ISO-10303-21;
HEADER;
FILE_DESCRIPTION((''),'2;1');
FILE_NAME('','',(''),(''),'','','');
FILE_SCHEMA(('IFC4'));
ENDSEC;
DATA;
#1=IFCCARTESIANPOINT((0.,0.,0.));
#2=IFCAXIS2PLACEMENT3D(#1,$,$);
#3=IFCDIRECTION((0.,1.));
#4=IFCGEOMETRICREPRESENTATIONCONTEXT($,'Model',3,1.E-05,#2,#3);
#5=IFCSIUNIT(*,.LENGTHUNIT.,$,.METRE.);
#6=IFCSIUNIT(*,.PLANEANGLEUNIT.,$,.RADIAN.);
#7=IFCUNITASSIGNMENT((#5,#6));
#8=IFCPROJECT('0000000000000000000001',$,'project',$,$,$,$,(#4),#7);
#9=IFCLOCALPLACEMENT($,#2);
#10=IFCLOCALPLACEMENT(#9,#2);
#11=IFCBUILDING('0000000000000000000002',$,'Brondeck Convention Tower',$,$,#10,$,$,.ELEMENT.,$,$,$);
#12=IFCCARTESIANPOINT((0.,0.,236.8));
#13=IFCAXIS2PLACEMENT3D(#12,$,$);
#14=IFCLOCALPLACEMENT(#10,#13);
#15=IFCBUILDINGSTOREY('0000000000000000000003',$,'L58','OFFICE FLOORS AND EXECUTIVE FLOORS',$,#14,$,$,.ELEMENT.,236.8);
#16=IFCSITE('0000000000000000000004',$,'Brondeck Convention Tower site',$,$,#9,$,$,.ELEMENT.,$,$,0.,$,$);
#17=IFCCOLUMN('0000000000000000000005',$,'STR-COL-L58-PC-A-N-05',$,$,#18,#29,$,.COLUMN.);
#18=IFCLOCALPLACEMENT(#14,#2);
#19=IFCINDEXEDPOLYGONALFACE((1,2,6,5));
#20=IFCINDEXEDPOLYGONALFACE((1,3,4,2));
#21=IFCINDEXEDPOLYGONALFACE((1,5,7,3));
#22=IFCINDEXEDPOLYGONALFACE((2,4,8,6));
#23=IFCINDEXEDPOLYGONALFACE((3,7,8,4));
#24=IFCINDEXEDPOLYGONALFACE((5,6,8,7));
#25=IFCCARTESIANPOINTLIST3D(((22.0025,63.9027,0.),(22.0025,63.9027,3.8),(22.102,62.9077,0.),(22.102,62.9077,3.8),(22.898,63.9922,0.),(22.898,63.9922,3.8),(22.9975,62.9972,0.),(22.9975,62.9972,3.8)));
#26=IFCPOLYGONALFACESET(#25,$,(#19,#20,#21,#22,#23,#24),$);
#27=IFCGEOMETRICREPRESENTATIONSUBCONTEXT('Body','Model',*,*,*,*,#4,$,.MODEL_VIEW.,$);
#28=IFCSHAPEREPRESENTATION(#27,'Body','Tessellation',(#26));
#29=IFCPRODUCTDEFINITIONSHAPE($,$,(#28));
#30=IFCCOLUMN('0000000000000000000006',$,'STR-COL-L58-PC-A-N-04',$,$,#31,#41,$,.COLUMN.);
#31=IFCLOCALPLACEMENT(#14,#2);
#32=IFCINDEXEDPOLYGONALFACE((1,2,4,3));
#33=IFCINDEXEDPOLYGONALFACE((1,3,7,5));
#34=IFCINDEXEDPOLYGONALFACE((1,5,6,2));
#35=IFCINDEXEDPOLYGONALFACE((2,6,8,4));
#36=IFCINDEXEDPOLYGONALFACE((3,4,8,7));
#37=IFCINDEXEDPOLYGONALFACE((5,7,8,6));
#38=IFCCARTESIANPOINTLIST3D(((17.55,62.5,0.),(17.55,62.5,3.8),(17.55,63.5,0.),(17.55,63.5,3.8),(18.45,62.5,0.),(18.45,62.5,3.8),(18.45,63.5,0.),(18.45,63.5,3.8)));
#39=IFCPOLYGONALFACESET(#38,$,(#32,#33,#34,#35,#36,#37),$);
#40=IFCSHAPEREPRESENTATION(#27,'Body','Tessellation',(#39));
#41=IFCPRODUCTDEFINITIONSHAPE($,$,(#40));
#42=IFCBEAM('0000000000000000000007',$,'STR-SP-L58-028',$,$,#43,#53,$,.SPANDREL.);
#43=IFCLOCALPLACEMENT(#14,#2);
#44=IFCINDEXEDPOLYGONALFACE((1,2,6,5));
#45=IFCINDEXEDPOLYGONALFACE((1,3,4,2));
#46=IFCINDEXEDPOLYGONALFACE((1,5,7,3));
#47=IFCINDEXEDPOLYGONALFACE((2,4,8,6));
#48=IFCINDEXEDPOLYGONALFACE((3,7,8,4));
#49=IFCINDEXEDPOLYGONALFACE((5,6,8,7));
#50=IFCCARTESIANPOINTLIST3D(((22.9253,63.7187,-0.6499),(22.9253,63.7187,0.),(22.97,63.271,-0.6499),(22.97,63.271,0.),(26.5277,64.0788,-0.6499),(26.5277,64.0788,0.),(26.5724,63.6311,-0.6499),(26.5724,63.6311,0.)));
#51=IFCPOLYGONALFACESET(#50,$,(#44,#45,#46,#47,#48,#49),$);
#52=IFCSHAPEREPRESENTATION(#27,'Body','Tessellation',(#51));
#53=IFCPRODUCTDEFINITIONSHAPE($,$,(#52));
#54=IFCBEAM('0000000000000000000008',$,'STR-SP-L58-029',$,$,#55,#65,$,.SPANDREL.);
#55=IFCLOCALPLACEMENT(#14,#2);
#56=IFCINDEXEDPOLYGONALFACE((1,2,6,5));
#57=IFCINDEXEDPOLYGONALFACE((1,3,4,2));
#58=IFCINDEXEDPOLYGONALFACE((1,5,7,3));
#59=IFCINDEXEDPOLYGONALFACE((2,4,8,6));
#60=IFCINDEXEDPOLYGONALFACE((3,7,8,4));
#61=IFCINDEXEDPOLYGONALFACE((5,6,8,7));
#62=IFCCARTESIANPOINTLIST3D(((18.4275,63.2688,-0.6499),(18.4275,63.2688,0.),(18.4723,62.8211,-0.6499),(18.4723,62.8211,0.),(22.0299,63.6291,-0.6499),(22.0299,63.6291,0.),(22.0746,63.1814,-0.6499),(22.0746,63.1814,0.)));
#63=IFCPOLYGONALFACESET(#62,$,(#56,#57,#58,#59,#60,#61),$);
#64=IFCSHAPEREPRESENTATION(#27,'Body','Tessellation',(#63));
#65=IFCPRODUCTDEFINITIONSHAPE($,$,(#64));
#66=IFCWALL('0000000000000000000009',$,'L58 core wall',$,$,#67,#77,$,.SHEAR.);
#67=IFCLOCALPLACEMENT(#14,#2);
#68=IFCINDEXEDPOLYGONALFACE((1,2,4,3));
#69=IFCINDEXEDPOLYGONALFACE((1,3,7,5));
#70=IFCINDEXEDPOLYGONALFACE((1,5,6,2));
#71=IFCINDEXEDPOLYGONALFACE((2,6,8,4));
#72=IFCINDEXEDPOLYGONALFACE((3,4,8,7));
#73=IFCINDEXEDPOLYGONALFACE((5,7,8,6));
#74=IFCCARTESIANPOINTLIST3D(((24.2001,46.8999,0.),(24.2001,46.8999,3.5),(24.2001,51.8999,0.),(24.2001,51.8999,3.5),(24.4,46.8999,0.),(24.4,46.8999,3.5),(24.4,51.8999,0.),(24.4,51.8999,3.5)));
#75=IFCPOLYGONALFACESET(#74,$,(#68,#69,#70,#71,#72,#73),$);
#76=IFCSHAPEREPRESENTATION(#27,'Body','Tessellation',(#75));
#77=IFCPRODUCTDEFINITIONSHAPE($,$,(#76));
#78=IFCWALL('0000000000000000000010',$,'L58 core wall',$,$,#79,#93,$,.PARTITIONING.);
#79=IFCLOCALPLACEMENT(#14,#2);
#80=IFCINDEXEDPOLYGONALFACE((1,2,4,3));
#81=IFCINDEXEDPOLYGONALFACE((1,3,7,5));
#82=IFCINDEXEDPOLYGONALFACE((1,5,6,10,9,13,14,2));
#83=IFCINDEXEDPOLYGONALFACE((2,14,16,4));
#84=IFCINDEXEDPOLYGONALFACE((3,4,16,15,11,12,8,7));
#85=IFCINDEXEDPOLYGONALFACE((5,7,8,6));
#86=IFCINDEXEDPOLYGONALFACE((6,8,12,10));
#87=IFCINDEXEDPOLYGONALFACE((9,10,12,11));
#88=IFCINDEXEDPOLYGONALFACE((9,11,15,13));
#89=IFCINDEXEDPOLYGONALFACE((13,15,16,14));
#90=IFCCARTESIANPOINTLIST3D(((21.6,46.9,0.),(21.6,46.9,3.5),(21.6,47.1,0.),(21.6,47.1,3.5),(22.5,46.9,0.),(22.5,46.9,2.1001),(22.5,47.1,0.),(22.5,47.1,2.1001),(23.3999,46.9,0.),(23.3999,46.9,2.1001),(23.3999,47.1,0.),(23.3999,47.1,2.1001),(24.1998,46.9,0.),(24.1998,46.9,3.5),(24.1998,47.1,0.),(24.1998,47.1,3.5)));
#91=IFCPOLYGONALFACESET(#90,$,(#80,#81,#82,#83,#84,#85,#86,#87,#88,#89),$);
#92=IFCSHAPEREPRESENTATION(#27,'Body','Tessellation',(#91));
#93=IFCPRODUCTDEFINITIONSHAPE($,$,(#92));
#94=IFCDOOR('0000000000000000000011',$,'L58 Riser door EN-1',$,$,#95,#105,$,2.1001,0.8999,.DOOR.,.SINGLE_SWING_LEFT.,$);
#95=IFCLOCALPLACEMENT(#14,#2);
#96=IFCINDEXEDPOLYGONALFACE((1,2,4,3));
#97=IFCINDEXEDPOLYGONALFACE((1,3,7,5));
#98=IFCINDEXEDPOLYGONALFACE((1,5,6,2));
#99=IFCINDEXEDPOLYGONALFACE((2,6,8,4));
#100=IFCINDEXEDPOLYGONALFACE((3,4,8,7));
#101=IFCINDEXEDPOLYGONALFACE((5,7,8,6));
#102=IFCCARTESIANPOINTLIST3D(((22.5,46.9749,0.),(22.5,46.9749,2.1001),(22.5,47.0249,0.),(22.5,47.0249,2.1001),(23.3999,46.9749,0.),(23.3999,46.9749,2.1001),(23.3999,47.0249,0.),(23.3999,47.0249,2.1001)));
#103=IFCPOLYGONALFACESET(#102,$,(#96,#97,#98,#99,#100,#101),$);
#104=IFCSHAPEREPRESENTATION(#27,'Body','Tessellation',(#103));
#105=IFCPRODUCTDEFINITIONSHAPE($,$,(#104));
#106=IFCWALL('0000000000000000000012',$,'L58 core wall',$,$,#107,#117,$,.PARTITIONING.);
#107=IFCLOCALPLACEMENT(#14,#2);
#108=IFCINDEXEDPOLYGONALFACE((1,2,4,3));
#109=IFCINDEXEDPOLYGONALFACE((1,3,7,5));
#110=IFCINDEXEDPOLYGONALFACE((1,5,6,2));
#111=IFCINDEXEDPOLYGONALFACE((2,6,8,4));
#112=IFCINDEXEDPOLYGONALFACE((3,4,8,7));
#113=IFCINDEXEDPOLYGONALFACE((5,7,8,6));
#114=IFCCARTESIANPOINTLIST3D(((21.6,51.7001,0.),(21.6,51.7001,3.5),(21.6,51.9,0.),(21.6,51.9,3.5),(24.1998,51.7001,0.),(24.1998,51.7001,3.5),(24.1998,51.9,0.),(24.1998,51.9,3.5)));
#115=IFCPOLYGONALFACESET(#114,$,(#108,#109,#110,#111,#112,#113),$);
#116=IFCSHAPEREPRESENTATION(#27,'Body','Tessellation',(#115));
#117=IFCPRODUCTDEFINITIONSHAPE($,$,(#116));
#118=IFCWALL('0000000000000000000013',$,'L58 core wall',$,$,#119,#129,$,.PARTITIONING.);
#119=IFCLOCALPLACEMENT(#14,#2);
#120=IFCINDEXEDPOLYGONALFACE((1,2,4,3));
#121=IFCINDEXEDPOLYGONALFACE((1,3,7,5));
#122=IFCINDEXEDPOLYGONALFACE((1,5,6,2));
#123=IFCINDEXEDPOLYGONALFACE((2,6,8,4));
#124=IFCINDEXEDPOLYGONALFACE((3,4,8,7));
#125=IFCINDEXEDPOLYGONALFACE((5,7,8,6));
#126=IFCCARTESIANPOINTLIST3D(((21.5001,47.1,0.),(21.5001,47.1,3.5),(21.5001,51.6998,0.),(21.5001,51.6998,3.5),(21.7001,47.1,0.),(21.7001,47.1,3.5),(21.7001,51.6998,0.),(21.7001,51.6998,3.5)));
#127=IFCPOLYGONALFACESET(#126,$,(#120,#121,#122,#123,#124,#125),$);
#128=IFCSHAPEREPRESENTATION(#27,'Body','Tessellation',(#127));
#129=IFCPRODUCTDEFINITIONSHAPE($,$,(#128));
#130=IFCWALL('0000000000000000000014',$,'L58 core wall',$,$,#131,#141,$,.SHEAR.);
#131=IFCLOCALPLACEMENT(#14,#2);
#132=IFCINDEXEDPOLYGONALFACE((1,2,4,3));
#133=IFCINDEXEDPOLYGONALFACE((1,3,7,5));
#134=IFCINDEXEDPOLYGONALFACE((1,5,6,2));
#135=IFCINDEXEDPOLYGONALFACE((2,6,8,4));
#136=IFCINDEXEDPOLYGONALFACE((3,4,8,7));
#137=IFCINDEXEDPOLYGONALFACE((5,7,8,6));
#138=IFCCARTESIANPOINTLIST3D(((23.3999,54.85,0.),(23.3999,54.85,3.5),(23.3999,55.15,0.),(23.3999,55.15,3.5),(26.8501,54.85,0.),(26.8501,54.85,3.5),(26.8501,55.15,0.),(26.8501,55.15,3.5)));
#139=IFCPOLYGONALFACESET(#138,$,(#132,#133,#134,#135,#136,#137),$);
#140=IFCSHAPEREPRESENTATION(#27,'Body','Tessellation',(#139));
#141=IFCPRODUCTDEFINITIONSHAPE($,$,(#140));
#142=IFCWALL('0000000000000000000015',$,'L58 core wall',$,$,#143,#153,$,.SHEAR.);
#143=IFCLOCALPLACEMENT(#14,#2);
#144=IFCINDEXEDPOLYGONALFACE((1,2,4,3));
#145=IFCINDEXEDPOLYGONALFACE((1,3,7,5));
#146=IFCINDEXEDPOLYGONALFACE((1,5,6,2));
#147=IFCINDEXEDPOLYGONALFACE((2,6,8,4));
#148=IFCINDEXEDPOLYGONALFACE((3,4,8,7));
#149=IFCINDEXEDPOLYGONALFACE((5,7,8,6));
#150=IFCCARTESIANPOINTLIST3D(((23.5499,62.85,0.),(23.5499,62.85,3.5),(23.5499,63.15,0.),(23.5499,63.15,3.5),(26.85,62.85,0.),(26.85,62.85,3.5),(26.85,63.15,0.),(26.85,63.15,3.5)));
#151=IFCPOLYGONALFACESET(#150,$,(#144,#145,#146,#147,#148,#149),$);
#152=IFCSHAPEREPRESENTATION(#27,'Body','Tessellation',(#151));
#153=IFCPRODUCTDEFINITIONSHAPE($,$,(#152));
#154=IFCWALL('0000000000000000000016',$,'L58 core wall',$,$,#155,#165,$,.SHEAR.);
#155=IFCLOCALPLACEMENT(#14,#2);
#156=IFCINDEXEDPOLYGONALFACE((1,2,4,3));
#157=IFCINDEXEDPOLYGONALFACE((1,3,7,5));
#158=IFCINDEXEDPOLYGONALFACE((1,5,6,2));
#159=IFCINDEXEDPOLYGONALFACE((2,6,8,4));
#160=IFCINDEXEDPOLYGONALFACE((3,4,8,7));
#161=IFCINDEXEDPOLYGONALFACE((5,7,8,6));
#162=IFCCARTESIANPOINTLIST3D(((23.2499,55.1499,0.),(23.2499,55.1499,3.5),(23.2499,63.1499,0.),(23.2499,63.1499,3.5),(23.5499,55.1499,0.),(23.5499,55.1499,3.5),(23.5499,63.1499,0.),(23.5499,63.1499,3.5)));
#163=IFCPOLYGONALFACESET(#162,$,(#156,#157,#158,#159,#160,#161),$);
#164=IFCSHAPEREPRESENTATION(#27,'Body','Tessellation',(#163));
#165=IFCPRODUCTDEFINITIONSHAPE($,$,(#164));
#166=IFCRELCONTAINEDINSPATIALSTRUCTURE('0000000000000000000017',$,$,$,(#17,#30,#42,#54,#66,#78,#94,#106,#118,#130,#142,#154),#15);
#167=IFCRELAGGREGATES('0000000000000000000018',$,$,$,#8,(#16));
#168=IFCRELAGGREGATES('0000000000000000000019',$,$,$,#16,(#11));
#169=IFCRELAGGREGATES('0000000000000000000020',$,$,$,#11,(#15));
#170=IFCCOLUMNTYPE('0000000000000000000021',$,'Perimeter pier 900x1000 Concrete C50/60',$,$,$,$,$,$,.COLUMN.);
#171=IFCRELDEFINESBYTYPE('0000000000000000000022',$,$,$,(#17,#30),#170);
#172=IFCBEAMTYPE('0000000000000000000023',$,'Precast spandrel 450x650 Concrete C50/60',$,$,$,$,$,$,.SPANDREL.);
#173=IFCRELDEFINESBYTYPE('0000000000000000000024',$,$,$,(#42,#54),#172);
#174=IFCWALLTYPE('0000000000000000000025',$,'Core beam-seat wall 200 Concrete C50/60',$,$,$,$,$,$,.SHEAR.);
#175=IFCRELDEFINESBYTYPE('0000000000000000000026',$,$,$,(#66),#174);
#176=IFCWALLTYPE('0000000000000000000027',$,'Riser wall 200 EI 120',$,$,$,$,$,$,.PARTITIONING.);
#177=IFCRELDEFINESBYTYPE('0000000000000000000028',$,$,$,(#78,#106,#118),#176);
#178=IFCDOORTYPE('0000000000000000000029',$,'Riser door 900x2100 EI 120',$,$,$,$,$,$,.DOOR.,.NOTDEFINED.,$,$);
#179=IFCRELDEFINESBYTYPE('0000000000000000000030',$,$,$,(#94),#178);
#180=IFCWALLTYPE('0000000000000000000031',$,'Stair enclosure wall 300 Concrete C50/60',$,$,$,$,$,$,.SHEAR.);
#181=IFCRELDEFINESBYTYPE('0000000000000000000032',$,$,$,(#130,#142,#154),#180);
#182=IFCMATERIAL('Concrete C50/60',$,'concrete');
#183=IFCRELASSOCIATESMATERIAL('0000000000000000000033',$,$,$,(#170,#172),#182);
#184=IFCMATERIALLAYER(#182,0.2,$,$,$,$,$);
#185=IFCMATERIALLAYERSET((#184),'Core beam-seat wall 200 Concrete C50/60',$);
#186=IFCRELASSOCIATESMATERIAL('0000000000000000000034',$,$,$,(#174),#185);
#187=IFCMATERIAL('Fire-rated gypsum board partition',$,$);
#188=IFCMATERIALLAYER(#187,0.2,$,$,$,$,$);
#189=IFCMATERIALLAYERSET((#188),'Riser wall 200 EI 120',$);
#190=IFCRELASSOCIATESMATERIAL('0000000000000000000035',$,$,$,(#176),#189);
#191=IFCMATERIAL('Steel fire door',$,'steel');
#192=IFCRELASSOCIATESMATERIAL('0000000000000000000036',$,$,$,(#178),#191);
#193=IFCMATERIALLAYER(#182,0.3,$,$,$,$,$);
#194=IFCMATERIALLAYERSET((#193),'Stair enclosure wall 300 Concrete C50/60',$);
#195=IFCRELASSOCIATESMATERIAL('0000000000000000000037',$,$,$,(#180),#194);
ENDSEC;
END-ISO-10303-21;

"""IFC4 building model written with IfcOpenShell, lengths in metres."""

from ifc_helpers import new_model, si_unit, direction, frame, frame_2d, origin, origin_2d, place, context, subcontext, project, spatial, rectangle, extrude, material, layer, layer_set, material_profile, profile_set, type_object, element, fill, save


model = new_model("IFC4")

# Units and contexts
model_context = context("Model", 3, precision=1e-05, world=origin(), true_north=direction((0.0, 1.0)))
body_context = subcontext(model_context, "Body", "Model", "MODEL_VIEW")
ifc_project = project(units=[si_unit("LENGTHUNIT", "METRE"), si_unit("PLANEANGLEUNIT", "RADIAN")], contexts=[model_context])

# Site, building, storey
site_placement = place(None, origin())
site = spatial("IfcSite", under=ifc_project, at=site_placement, Name="Brondeck Convention Tower site", CompositionType="ELEMENT", RefElevation=0.0)
building_placement = place(site_placement, origin())
building = spatial("IfcBuilding", under=site, at=building_placement, Name="Brondeck Convention Tower", CompositionType="ELEMENT")
storey_placement = place(building_placement, frame((0.0, 0.0, 236.8)))
storey = spatial("IfcBuildingStorey", under=building, at=storey_placement, Name="L58", Description="OFFICE FLOORS AND EXECUTIVE FLOORS", CompositionType="ELEMENT", Elevation=236.8)

# Columns
ifc_material_1 = material(Name="Concrete C50/60", Category="concrete")
ifc_material_profile_1 = material_profile(ifc_material_1, rectangle(XDim=0.8999, YDim=1.0, at=origin_2d()), Name="Perimeter pier 900x1000 Concrete C50/60")
ifc_profile_set_1 = profile_set([ifc_material_profile_1], Name="Concrete C50/60")
column_type = type_object("IfcColumnType", Name="Perimeter pier 900x1000 Concrete C50/60", PredefinedType="COLUMN", material=ifc_profile_set_1)
for number, where, z_axis, x_axis, name in (
    (1, (22.5, 63.45, 0.0), (0.0, 0.0, 1.0), (-0.995037, -0.099504, 0.0), "STR-COL-L58-PC-A-N-05"),
    (2, (18.0, 63.0, 0.0), (0.0, 0.0, 1.0), (-1.0, 0.0, 0.0), "STR-COL-L58-PC-A-N-04"),
):
    element("IfcColumn", number, at=place(storey_placement, frame(where, z_axis=z_axis, x_axis=x_axis)), inside=storey, type_object=column_type, Name=name, PredefinedType="COLUMN", context=body_context, shape_type="SweptSolid", body=[
        extrude(rectangle(XDim=0.8999, YDim=1.0, at=origin_2d()), origin(), (0.0, 0.0, 1.0), 3.8),
    ])

# Beams
ifc_material_profile_2 = material_profile(ifc_material_1, rectangle(XDim=0.45, YDim=0.6499, at=origin_2d()), Name="Precast spandrel 450x650 Concrete C50/60")
ifc_profile_set_2 = profile_set([ifc_material_profile_2], Name="Concrete C50/60")
beam_type = type_object("IfcBeamType", Name="Precast spandrel 450x650 Concrete C50/60", PredefinedType="SPANDREL", material=ifc_profile_set_2)
for number, where, z_axis, x_axis, name in (
    (3, (26.55, 63.855, -0.325), (-0.995041, -0.09947, 0.0), (0.09947, -0.995041, 0.0), "STR-SP-L58-028"),
    (4, (22.0522, 63.4053, -0.325), (-0.995034, -0.099537, 0.0), (0.099537, -0.995034, 0.0), "STR-SP-L58-029"),
):
    element("IfcBeam", number, at=place(storey_placement, frame(where, z_axis=z_axis, x_axis=x_axis)), inside=storey, type_object=beam_type, Name=name, PredefinedType="SPANDREL", context=body_context, shape_type="SweptSolid", body=[
        extrude(rectangle(XDim=0.45, YDim=0.6499, at=origin_2d()), origin(), (0.0, 0.0, 1.0), 3.6204),
    ])

# Wall
ifc_layer_1 = layer(ifc_material_1, 0.2)
ifc_layer_set_1 = layer_set([ifc_layer_1], Name="Core beam-seat wall 200 Concrete C50/60")
wall_type_1 = type_object("IfcWallType", Name="Core beam-seat wall 200 Concrete C50/60", PredefinedType="SHEAR", material=ifc_layer_set_1)
wall_1_placement = place(storey_placement, frame((24.3, 46.8999, 0.0), z_axis=(0.0, 0.0, 1.0), x_axis=(0.0, 1.0, 0.0)))
element("IfcWall", 5, at=wall_1_placement, inside=storey, type_object=wall_type_1, Name="L58 core wall", PredefinedType="SHEAR", context=body_context, shape_type="SweptSolid", body=[
    extrude(rectangle(XDim=5.0, YDim=0.2, at=frame_2d((2.5, 0.0))), origin(), (0.0, 0.0, 1.0), 3.5),
])

# Wall, opening, door
ifc_material_2 = material(Name="Fire-rated gypsum board partition")
ifc_layer_2 = layer(ifc_material_2, 0.2)
ifc_layer_set_2 = layer_set([ifc_layer_2], Name="Riser wall 200 EI 120")
wall_type_2 = type_object("IfcWallType", Name="Riser wall 200 EI 120", PredefinedType="PARTITIONING", material=ifc_layer_set_2)
wall_2_placement = place(storey_placement, frame((21.6001, 47.0, 0.0), z_axis=(0.0, 0.0, 1.0), x_axis=(1.0, 0.0, 0.0)))
wall_2 = element("IfcWall", 6, at=wall_2_placement, inside=storey, type_object=wall_type_2, Name="L58 core wall", PredefinedType="PARTITIONING", context=body_context, shape_type="SweptSolid", body=[
    extrude(rectangle(XDim=2.5999, YDim=0.2, at=frame_2d((1.2998, 0.0))), origin(), (0.0, 0.0, 1.0), 3.5),
])
opening_1_placement = place(wall_2_placement, frame((0.8999, 0.0, 0.0)))
opening_1 = element("IfcOpeningElement", 7, at=opening_1_placement, cuts=wall_2, PredefinedType="OPENING", context=body_context, shape_type="SweptSolid", body=[
    extrude(rectangle(XDim=0.8999, YDim=2.1001, at=frame_2d((0.45, 1.05))), frame((0.0, 0.1099, 0.0), z_axis=(0.0, -1.0, 0.0), x_axis=(1.0, 0.0, 0.0)), (0.0, 0.0, 1.0), 0.22),
])
ifc_material_3 = material(Name="Steel fire door", Category="steel")
door_type_1 = type_object("IfcDoorType", Name="Riser door 900x2100 EI 120", OperationType="NOTDEFINED", PredefinedType="DOOR", material=ifc_material_3)
door_1_placement = place(opening_1_placement, origin())
door_1 = element("IfcDoor", 8, at=door_1_placement, inside=storey, type_object=door_type_1, Name="L58 Riser door EN-1", OperationType="SINGLE_SWING_LEFT", OverallHeight=2.1001, OverallWidth=0.8999, PredefinedType="DOOR", context=body_context, shape_type="SweptSolid", body=[
    extrude(rectangle(XDim=0.8999, YDim=2.1001, at=frame_2d((0.45, 1.05))), frame((0.0, 0.0249, 0.0), z_axis=(0.0, -1.0, 0.0), x_axis=(1.0, 0.0, 0.0)), (0.0, 0.0, 1.0), 0.05),
])
fill(opening_1, door_1)

# Walls
wall_3_placement = place(storey_placement, frame((21.6001, 51.8, 0.0), z_axis=(0.0, 0.0, 1.0), x_axis=(1.0, 0.0, 0.0)))
element("IfcWall", 9, at=wall_3_placement, inside=storey, type_object=wall_type_2, Name="L58 core wall", PredefinedType="PARTITIONING", context=body_context, shape_type="SweptSolid", body=[
    extrude(rectangle(XDim=2.5999, YDim=0.2, at=frame_2d((1.2998, 0.0))), origin(), (0.0, 0.0, 1.0), 3.5),
])
wall_4_placement = place(storey_placement, frame((21.6001, 47.1001, 0.0), z_axis=(0.0, 0.0, 1.0), x_axis=(0.0, 1.0, 0.0)))
element("IfcWall", 10, at=wall_4_placement, inside=storey, type_object=wall_type_2, Name="L58 core wall", PredefinedType="PARTITIONING", context=body_context, shape_type="SweptSolid", body=[
    extrude(rectangle(XDim=4.5999, YDim=0.2, at=frame_2d((2.2998, 0.0))), origin(), (0.0, 0.0, 1.0), 3.5),
])
ifc_layer_3 = layer(ifc_material_1, 0.3)
ifc_layer_set_3 = layer_set([ifc_layer_3], Name="Stair enclosure wall 300 Concrete C50/60")
wall_type_3 = type_object("IfcWallType", Name="Stair enclosure wall 300 Concrete C50/60", PredefinedType="SHEAR", material=ifc_layer_set_3)
wall_5_placement = place(storey_placement, frame((23.3999, 55.0, 0.0), z_axis=(0.0, 0.0, 1.0), x_axis=(1.0, 0.0, 0.0)))
element("IfcWall", 11, at=wall_5_placement, inside=storey, type_object=wall_type_3, Name="L58 core wall", PredefinedType="SHEAR", context=body_context, shape_type="SweptSolid", body=[
    extrude(rectangle(XDim=3.4502, YDim=0.3, at=frame_2d((1.7251, 0.0))), origin(), (0.0, 0.0, 1.0), 3.5),
])
wall_6_placement = place(storey_placement, frame((23.55, 63.0, 0.0), z_axis=(0.0, 0.0, 1.0), x_axis=(1.0, 0.0, 0.0)))
element("IfcWall", 12, at=wall_6_placement, inside=storey, type_object=wall_type_3, Name="L58 core wall", PredefinedType="SHEAR", context=body_context, shape_type="SweptSolid", body=[
    extrude(rectangle(XDim=3.3, YDim=0.3, at=frame_2d((1.6499, 0.0))), origin(), (0.0, 0.0, 1.0), 3.5),
])
wall_7_placement = place(storey_placement, frame((23.3999, 55.1499, 0.0), z_axis=(0.0, 0.0, 1.0), x_axis=(0.0, 1.0, 0.0)))
element("IfcWall", 13, at=wall_7_placement, inside=storey, type_object=wall_type_3, Name="L58 core wall", PredefinedType="SHEAR", context=body_context, shape_type="SweptSolid", body=[
    extrude(rectangle(XDim=8.0, YDim=0.3, at=frame_2d((4.0, 0.0))), origin(), (0.0, 0.0, 1.0), 3.5),
])

save(model, "model.ifc")
